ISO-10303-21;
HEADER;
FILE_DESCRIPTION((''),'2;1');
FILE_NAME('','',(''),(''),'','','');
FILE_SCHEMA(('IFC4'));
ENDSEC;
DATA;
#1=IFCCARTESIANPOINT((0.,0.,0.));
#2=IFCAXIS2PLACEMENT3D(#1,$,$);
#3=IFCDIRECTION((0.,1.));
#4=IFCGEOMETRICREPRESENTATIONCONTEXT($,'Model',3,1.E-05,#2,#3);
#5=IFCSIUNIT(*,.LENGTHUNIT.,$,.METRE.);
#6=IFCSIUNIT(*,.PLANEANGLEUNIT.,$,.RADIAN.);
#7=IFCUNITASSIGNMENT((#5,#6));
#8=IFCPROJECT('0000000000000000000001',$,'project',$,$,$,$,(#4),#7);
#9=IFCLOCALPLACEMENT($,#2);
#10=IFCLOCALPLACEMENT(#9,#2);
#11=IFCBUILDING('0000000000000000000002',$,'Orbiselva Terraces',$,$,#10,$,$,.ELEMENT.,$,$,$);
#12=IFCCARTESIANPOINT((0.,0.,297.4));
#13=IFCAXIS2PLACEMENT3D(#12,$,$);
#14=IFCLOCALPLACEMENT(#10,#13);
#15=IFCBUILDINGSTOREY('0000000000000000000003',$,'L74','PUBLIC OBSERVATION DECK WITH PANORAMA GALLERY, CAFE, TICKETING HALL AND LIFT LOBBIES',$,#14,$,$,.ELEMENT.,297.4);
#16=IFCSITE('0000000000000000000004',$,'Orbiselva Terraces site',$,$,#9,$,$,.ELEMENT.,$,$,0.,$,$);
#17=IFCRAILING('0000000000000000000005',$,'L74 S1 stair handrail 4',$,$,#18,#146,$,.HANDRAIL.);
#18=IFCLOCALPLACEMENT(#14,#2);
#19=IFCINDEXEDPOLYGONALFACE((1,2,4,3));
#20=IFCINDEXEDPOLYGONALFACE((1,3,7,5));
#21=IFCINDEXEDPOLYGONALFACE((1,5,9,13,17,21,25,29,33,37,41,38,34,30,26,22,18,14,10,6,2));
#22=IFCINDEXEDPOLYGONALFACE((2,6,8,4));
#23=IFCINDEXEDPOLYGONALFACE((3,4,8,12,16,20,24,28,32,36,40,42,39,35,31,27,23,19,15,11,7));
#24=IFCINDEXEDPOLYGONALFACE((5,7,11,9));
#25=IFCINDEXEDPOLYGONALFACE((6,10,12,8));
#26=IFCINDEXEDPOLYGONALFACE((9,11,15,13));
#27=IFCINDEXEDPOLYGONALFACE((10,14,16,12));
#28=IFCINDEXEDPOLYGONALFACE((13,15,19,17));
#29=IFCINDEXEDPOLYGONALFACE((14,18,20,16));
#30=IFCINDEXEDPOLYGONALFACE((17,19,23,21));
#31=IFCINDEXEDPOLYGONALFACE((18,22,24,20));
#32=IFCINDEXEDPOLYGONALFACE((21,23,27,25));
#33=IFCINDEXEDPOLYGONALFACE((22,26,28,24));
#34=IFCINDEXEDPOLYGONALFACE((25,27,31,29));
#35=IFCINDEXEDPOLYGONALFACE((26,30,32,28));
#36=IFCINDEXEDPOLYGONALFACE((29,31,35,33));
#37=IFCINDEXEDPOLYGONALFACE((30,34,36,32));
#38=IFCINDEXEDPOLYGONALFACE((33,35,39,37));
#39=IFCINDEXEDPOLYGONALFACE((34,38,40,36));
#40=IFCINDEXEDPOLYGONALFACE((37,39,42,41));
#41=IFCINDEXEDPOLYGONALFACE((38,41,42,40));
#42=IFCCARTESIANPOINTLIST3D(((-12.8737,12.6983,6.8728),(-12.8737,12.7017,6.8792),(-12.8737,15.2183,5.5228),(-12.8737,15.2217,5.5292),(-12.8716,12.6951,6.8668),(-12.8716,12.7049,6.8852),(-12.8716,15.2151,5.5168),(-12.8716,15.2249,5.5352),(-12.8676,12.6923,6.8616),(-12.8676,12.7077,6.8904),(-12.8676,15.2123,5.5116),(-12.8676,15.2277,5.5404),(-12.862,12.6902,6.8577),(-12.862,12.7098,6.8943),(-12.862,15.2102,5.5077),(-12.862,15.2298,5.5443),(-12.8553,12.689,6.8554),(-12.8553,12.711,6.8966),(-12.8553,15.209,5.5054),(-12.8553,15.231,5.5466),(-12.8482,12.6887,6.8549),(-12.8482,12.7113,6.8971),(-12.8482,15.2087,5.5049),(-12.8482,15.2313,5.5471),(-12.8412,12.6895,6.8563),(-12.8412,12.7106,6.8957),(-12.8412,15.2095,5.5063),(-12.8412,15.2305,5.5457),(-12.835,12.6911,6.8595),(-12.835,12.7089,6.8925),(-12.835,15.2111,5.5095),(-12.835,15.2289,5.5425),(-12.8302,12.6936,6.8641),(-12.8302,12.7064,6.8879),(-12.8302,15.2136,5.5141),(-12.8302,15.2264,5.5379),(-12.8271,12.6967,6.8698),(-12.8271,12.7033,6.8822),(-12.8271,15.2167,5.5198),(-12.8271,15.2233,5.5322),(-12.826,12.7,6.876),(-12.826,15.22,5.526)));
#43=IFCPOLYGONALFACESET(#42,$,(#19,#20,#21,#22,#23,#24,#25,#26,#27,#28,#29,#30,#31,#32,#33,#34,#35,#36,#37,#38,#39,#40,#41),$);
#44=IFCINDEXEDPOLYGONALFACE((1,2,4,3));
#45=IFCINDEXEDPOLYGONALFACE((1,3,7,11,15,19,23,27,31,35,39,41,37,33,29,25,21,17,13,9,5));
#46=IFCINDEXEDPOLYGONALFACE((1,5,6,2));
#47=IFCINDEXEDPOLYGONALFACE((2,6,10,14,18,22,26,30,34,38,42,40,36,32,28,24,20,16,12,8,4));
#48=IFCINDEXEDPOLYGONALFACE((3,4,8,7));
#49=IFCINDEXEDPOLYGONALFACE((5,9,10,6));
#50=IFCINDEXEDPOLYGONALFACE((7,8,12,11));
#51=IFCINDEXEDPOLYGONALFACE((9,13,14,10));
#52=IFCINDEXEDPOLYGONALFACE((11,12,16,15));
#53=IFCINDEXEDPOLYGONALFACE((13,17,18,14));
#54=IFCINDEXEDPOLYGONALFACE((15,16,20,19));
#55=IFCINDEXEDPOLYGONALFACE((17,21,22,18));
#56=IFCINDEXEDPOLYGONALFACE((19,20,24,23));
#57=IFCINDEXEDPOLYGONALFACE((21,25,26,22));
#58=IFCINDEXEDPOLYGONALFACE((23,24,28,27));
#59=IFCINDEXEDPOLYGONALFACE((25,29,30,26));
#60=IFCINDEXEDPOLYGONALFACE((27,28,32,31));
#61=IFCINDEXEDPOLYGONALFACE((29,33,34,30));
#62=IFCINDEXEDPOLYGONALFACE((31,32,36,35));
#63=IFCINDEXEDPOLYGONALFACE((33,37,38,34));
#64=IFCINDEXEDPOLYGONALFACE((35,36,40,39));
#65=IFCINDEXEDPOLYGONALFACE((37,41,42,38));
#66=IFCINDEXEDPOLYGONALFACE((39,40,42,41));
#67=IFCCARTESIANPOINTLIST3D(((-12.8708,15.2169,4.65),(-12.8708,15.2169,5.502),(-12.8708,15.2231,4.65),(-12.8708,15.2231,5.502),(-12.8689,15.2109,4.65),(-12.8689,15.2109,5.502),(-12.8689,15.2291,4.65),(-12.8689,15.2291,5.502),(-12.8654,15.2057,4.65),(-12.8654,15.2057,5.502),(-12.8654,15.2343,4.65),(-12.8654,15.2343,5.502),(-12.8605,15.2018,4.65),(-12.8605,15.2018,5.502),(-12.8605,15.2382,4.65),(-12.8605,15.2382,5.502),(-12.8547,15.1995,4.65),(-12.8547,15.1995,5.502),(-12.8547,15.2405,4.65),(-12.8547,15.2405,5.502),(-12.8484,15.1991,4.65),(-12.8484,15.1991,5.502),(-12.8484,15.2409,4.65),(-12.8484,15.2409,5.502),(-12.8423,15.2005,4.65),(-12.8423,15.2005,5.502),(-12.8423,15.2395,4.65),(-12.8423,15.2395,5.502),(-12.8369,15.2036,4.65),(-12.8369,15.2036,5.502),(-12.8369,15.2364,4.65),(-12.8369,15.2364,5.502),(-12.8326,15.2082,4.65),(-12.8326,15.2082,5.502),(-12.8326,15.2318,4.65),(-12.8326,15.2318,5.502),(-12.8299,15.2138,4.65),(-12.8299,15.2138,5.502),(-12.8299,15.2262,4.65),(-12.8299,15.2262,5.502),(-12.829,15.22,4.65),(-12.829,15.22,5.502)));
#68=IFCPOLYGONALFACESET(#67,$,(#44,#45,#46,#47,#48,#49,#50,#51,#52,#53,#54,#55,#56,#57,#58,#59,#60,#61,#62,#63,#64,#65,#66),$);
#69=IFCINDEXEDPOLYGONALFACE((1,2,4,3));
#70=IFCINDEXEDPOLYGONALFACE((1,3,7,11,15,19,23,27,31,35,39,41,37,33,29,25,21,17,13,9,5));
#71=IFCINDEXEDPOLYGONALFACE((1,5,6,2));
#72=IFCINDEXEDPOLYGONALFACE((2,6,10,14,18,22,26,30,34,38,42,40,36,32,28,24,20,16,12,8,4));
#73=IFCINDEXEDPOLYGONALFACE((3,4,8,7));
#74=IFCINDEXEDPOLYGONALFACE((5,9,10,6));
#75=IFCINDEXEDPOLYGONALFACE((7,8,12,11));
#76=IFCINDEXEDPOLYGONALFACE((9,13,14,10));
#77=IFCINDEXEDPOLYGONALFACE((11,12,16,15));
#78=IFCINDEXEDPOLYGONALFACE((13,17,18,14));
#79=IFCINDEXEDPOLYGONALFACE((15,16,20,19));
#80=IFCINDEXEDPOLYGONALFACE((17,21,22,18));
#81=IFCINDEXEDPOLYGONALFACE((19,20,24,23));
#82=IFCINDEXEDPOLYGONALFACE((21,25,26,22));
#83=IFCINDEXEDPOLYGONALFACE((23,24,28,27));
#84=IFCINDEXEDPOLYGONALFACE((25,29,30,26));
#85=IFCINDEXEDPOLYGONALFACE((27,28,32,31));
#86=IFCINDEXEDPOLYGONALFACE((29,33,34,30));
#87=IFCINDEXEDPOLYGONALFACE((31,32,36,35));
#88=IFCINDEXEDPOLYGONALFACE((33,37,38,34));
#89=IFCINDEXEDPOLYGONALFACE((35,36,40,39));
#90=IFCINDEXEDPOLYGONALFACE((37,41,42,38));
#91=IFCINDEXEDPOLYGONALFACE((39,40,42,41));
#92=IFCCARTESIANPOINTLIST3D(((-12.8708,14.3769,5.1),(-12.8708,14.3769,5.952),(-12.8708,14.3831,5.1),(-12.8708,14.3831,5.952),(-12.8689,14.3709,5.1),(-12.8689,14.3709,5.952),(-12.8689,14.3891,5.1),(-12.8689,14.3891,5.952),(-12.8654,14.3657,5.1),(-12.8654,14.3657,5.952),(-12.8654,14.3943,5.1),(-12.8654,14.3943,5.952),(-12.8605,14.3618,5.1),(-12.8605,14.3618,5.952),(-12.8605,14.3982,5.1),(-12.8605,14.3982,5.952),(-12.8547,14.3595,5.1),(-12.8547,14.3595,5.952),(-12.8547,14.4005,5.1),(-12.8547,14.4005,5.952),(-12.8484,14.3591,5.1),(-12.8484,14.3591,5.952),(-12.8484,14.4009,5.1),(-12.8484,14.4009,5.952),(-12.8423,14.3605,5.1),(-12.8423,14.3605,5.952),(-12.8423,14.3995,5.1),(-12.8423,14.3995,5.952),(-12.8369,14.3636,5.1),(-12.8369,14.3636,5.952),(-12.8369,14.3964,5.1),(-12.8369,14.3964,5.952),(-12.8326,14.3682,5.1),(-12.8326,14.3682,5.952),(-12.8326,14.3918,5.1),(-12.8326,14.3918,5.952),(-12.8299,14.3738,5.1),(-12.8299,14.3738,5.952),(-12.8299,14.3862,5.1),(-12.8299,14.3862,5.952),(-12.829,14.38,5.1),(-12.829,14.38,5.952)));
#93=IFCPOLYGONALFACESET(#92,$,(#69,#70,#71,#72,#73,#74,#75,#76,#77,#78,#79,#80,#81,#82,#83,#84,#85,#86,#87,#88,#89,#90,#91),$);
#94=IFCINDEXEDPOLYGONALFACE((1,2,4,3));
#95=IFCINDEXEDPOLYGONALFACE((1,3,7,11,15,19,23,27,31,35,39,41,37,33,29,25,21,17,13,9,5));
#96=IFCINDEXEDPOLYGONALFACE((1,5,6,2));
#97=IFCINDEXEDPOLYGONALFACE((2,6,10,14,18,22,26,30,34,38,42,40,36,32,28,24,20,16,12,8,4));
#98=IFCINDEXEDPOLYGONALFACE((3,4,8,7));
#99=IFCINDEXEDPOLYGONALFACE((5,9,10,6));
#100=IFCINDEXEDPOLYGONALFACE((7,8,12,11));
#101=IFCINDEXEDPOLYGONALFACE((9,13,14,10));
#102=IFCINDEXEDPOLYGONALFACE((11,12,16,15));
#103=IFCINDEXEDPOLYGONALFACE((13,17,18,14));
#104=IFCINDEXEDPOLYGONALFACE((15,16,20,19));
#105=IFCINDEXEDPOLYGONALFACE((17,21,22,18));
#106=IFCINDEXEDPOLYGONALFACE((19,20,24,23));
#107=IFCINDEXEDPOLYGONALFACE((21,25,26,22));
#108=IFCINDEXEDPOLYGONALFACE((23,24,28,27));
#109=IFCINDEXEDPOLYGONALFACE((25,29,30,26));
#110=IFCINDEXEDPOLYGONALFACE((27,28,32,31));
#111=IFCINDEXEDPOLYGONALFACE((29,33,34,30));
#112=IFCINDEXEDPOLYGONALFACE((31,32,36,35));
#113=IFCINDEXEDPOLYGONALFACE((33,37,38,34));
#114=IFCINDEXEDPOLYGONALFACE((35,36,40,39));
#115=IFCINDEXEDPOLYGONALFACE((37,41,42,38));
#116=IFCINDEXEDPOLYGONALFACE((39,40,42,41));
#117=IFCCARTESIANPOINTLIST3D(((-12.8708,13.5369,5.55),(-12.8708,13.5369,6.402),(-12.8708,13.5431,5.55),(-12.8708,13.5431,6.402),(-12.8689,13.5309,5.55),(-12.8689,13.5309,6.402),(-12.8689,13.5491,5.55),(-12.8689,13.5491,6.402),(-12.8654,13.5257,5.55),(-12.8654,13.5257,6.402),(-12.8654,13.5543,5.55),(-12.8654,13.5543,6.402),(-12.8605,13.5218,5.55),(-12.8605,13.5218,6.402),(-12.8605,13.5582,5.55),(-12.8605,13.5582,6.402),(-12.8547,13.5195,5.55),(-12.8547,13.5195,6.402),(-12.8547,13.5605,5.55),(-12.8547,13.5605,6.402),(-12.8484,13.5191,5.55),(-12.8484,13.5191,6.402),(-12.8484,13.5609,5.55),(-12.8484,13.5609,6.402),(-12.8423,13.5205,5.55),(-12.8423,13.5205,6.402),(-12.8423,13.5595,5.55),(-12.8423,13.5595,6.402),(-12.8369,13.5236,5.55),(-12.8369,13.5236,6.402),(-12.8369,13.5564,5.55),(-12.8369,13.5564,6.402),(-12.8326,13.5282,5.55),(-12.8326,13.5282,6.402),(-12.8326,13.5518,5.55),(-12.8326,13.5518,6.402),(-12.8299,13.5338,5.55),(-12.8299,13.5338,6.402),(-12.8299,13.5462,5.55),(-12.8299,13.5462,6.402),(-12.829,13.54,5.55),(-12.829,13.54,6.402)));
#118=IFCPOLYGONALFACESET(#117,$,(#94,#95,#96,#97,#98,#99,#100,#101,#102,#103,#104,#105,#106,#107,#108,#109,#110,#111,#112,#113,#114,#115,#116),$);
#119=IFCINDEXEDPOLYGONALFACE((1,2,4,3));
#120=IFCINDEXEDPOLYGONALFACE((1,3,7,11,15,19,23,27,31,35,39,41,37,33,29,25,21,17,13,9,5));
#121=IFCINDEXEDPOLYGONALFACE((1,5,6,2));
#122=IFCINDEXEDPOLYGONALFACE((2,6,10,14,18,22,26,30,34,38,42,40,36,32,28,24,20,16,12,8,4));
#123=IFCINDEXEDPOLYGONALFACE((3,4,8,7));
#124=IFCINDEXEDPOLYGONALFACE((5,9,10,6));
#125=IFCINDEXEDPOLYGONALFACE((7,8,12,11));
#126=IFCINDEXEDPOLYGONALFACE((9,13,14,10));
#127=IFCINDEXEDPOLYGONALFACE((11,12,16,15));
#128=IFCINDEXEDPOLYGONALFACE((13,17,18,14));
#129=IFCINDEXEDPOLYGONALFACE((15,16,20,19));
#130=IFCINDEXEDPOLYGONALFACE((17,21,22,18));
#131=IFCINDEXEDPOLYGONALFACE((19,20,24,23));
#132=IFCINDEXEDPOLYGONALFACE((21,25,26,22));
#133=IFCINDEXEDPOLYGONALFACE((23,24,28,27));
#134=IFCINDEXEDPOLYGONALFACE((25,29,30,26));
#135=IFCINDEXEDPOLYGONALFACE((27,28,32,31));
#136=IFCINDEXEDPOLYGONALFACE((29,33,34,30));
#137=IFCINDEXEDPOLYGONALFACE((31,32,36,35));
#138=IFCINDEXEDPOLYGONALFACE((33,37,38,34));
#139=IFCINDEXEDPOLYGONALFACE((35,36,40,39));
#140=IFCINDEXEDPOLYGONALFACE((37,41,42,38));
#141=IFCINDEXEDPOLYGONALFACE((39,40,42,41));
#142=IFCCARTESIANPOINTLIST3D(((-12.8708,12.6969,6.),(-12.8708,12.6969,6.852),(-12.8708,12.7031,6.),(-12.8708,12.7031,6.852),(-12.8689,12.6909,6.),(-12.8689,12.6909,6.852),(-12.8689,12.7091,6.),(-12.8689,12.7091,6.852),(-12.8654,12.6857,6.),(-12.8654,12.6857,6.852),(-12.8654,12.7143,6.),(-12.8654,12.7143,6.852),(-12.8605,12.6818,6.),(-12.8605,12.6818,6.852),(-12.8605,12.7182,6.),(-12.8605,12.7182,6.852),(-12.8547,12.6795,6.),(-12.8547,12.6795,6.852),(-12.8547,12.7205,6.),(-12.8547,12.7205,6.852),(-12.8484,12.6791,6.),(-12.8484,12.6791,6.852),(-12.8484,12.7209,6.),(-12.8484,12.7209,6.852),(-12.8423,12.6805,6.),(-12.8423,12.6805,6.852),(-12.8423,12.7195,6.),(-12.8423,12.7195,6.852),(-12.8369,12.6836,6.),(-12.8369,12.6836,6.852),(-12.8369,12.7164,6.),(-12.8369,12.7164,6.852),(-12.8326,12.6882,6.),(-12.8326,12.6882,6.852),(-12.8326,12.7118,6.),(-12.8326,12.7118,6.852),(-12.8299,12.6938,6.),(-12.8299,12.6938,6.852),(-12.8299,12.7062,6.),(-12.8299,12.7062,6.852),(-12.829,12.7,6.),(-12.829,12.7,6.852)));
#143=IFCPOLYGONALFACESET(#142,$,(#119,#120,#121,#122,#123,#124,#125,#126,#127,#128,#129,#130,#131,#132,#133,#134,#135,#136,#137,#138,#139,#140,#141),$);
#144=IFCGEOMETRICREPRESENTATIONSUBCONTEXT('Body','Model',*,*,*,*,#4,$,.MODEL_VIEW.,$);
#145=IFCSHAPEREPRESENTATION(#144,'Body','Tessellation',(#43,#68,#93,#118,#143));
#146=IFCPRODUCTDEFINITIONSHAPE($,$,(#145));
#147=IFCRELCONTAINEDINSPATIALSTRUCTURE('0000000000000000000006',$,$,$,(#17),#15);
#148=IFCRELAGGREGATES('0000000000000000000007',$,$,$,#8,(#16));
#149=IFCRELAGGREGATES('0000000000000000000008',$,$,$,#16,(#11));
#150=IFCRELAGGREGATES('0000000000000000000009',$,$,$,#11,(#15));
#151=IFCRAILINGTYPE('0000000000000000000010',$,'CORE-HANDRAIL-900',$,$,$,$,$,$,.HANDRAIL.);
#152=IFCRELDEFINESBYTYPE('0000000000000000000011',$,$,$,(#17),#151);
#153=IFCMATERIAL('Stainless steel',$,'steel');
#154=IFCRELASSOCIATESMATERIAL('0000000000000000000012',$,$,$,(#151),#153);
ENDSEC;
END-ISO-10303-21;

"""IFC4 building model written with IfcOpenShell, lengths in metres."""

from ifc_helpers import new_model, si_unit, direction, frame, origin, origin_2d, place, context, subcontext, project, spatial, circle, extrude, material, type_object, element, save


model = new_model("IFC4")

# Units and contexts
model_context = context("Model", 3, precision=1e-05, world=origin(), true_north=direction((0.0, 1.0)))
body_context = subcontext(model_context, "Body", "Model", "MODEL_VIEW")
ifc_project = project(units=[si_unit("LENGTHUNIT", "METRE"), si_unit("PLANEANGLEUNIT", "RADIAN")], contexts=[model_context])

# Site, building, storey
site_placement = place(None, origin())
site = spatial("IfcSite", under=ifc_project, at=site_placement, Name="Orbiselva Terraces site", CompositionType="ELEMENT", RefElevation=0.0)
building_placement = place(site_placement, origin())
building = spatial("IfcBuilding", under=site, at=building_placement, Name="Orbiselva Terraces", CompositionType="ELEMENT")
storey_placement = place(building_placement, frame((0.0, 0.0, 297.4)))
storey = spatial("IfcBuildingStorey", under=building, at=storey_placement, Name="L74", Description="PUBLIC OBSERVATION DECK WITH PANORAMA GALLERY, CAFE, TICKETING HALL AND LIFT LOBBIES", CompositionType="ELEMENT", Elevation=297.4)

# Railing
ifc_material_1 = material(Name="Stainless steel", Category="steel")
railing_type_1 = type_object("IfcRailingType", Name="CORE-HANDRAIL-900", PredefinedType="HANDRAIL", material=ifc_material_1)
for number, where, name in (
    (1, (-12.85, 15.22, 4.65), "L74 S1 stair handrail 4"),
):
    element("IfcRailing", number, at=place(storey_placement, frame(where)), inside=storey, type_object=railing_type_1, Name=name, PredefinedType="HANDRAIL", context=body_context, shape_type="SweptSolid", body=[
        extrude(circle(Radius=0.024, at=origin_2d()), frame((0.0, 0.0, 0.876), z_axis=(0.0, -0.88148, 0.472221), x_axis=(1.0, 0.0, 0.0)), (0.0, 0.0, 1.0), 2.8588),
        extrude(circle(Radius=0.021, at=origin_2d()), origin(), (0.0, 0.0, 1.0), 0.852),
        extrude(circle(Radius=0.021, at=origin_2d()), frame((0.0, -0.84, 0.45)), (0.0, 0.0, 1.0), 0.852),
        extrude(circle(Radius=0.021, at=origin_2d()), frame((0.0, -1.68, 0.9)), (0.0, 0.0, 1.0), 0.852),
        extrude(circle(Radius=0.021, at=origin_2d()), frame((0.0, -2.52, 1.35)), (0.0, 0.0, 1.0), 0.852),
    ])

save(model, "model.ifc")
